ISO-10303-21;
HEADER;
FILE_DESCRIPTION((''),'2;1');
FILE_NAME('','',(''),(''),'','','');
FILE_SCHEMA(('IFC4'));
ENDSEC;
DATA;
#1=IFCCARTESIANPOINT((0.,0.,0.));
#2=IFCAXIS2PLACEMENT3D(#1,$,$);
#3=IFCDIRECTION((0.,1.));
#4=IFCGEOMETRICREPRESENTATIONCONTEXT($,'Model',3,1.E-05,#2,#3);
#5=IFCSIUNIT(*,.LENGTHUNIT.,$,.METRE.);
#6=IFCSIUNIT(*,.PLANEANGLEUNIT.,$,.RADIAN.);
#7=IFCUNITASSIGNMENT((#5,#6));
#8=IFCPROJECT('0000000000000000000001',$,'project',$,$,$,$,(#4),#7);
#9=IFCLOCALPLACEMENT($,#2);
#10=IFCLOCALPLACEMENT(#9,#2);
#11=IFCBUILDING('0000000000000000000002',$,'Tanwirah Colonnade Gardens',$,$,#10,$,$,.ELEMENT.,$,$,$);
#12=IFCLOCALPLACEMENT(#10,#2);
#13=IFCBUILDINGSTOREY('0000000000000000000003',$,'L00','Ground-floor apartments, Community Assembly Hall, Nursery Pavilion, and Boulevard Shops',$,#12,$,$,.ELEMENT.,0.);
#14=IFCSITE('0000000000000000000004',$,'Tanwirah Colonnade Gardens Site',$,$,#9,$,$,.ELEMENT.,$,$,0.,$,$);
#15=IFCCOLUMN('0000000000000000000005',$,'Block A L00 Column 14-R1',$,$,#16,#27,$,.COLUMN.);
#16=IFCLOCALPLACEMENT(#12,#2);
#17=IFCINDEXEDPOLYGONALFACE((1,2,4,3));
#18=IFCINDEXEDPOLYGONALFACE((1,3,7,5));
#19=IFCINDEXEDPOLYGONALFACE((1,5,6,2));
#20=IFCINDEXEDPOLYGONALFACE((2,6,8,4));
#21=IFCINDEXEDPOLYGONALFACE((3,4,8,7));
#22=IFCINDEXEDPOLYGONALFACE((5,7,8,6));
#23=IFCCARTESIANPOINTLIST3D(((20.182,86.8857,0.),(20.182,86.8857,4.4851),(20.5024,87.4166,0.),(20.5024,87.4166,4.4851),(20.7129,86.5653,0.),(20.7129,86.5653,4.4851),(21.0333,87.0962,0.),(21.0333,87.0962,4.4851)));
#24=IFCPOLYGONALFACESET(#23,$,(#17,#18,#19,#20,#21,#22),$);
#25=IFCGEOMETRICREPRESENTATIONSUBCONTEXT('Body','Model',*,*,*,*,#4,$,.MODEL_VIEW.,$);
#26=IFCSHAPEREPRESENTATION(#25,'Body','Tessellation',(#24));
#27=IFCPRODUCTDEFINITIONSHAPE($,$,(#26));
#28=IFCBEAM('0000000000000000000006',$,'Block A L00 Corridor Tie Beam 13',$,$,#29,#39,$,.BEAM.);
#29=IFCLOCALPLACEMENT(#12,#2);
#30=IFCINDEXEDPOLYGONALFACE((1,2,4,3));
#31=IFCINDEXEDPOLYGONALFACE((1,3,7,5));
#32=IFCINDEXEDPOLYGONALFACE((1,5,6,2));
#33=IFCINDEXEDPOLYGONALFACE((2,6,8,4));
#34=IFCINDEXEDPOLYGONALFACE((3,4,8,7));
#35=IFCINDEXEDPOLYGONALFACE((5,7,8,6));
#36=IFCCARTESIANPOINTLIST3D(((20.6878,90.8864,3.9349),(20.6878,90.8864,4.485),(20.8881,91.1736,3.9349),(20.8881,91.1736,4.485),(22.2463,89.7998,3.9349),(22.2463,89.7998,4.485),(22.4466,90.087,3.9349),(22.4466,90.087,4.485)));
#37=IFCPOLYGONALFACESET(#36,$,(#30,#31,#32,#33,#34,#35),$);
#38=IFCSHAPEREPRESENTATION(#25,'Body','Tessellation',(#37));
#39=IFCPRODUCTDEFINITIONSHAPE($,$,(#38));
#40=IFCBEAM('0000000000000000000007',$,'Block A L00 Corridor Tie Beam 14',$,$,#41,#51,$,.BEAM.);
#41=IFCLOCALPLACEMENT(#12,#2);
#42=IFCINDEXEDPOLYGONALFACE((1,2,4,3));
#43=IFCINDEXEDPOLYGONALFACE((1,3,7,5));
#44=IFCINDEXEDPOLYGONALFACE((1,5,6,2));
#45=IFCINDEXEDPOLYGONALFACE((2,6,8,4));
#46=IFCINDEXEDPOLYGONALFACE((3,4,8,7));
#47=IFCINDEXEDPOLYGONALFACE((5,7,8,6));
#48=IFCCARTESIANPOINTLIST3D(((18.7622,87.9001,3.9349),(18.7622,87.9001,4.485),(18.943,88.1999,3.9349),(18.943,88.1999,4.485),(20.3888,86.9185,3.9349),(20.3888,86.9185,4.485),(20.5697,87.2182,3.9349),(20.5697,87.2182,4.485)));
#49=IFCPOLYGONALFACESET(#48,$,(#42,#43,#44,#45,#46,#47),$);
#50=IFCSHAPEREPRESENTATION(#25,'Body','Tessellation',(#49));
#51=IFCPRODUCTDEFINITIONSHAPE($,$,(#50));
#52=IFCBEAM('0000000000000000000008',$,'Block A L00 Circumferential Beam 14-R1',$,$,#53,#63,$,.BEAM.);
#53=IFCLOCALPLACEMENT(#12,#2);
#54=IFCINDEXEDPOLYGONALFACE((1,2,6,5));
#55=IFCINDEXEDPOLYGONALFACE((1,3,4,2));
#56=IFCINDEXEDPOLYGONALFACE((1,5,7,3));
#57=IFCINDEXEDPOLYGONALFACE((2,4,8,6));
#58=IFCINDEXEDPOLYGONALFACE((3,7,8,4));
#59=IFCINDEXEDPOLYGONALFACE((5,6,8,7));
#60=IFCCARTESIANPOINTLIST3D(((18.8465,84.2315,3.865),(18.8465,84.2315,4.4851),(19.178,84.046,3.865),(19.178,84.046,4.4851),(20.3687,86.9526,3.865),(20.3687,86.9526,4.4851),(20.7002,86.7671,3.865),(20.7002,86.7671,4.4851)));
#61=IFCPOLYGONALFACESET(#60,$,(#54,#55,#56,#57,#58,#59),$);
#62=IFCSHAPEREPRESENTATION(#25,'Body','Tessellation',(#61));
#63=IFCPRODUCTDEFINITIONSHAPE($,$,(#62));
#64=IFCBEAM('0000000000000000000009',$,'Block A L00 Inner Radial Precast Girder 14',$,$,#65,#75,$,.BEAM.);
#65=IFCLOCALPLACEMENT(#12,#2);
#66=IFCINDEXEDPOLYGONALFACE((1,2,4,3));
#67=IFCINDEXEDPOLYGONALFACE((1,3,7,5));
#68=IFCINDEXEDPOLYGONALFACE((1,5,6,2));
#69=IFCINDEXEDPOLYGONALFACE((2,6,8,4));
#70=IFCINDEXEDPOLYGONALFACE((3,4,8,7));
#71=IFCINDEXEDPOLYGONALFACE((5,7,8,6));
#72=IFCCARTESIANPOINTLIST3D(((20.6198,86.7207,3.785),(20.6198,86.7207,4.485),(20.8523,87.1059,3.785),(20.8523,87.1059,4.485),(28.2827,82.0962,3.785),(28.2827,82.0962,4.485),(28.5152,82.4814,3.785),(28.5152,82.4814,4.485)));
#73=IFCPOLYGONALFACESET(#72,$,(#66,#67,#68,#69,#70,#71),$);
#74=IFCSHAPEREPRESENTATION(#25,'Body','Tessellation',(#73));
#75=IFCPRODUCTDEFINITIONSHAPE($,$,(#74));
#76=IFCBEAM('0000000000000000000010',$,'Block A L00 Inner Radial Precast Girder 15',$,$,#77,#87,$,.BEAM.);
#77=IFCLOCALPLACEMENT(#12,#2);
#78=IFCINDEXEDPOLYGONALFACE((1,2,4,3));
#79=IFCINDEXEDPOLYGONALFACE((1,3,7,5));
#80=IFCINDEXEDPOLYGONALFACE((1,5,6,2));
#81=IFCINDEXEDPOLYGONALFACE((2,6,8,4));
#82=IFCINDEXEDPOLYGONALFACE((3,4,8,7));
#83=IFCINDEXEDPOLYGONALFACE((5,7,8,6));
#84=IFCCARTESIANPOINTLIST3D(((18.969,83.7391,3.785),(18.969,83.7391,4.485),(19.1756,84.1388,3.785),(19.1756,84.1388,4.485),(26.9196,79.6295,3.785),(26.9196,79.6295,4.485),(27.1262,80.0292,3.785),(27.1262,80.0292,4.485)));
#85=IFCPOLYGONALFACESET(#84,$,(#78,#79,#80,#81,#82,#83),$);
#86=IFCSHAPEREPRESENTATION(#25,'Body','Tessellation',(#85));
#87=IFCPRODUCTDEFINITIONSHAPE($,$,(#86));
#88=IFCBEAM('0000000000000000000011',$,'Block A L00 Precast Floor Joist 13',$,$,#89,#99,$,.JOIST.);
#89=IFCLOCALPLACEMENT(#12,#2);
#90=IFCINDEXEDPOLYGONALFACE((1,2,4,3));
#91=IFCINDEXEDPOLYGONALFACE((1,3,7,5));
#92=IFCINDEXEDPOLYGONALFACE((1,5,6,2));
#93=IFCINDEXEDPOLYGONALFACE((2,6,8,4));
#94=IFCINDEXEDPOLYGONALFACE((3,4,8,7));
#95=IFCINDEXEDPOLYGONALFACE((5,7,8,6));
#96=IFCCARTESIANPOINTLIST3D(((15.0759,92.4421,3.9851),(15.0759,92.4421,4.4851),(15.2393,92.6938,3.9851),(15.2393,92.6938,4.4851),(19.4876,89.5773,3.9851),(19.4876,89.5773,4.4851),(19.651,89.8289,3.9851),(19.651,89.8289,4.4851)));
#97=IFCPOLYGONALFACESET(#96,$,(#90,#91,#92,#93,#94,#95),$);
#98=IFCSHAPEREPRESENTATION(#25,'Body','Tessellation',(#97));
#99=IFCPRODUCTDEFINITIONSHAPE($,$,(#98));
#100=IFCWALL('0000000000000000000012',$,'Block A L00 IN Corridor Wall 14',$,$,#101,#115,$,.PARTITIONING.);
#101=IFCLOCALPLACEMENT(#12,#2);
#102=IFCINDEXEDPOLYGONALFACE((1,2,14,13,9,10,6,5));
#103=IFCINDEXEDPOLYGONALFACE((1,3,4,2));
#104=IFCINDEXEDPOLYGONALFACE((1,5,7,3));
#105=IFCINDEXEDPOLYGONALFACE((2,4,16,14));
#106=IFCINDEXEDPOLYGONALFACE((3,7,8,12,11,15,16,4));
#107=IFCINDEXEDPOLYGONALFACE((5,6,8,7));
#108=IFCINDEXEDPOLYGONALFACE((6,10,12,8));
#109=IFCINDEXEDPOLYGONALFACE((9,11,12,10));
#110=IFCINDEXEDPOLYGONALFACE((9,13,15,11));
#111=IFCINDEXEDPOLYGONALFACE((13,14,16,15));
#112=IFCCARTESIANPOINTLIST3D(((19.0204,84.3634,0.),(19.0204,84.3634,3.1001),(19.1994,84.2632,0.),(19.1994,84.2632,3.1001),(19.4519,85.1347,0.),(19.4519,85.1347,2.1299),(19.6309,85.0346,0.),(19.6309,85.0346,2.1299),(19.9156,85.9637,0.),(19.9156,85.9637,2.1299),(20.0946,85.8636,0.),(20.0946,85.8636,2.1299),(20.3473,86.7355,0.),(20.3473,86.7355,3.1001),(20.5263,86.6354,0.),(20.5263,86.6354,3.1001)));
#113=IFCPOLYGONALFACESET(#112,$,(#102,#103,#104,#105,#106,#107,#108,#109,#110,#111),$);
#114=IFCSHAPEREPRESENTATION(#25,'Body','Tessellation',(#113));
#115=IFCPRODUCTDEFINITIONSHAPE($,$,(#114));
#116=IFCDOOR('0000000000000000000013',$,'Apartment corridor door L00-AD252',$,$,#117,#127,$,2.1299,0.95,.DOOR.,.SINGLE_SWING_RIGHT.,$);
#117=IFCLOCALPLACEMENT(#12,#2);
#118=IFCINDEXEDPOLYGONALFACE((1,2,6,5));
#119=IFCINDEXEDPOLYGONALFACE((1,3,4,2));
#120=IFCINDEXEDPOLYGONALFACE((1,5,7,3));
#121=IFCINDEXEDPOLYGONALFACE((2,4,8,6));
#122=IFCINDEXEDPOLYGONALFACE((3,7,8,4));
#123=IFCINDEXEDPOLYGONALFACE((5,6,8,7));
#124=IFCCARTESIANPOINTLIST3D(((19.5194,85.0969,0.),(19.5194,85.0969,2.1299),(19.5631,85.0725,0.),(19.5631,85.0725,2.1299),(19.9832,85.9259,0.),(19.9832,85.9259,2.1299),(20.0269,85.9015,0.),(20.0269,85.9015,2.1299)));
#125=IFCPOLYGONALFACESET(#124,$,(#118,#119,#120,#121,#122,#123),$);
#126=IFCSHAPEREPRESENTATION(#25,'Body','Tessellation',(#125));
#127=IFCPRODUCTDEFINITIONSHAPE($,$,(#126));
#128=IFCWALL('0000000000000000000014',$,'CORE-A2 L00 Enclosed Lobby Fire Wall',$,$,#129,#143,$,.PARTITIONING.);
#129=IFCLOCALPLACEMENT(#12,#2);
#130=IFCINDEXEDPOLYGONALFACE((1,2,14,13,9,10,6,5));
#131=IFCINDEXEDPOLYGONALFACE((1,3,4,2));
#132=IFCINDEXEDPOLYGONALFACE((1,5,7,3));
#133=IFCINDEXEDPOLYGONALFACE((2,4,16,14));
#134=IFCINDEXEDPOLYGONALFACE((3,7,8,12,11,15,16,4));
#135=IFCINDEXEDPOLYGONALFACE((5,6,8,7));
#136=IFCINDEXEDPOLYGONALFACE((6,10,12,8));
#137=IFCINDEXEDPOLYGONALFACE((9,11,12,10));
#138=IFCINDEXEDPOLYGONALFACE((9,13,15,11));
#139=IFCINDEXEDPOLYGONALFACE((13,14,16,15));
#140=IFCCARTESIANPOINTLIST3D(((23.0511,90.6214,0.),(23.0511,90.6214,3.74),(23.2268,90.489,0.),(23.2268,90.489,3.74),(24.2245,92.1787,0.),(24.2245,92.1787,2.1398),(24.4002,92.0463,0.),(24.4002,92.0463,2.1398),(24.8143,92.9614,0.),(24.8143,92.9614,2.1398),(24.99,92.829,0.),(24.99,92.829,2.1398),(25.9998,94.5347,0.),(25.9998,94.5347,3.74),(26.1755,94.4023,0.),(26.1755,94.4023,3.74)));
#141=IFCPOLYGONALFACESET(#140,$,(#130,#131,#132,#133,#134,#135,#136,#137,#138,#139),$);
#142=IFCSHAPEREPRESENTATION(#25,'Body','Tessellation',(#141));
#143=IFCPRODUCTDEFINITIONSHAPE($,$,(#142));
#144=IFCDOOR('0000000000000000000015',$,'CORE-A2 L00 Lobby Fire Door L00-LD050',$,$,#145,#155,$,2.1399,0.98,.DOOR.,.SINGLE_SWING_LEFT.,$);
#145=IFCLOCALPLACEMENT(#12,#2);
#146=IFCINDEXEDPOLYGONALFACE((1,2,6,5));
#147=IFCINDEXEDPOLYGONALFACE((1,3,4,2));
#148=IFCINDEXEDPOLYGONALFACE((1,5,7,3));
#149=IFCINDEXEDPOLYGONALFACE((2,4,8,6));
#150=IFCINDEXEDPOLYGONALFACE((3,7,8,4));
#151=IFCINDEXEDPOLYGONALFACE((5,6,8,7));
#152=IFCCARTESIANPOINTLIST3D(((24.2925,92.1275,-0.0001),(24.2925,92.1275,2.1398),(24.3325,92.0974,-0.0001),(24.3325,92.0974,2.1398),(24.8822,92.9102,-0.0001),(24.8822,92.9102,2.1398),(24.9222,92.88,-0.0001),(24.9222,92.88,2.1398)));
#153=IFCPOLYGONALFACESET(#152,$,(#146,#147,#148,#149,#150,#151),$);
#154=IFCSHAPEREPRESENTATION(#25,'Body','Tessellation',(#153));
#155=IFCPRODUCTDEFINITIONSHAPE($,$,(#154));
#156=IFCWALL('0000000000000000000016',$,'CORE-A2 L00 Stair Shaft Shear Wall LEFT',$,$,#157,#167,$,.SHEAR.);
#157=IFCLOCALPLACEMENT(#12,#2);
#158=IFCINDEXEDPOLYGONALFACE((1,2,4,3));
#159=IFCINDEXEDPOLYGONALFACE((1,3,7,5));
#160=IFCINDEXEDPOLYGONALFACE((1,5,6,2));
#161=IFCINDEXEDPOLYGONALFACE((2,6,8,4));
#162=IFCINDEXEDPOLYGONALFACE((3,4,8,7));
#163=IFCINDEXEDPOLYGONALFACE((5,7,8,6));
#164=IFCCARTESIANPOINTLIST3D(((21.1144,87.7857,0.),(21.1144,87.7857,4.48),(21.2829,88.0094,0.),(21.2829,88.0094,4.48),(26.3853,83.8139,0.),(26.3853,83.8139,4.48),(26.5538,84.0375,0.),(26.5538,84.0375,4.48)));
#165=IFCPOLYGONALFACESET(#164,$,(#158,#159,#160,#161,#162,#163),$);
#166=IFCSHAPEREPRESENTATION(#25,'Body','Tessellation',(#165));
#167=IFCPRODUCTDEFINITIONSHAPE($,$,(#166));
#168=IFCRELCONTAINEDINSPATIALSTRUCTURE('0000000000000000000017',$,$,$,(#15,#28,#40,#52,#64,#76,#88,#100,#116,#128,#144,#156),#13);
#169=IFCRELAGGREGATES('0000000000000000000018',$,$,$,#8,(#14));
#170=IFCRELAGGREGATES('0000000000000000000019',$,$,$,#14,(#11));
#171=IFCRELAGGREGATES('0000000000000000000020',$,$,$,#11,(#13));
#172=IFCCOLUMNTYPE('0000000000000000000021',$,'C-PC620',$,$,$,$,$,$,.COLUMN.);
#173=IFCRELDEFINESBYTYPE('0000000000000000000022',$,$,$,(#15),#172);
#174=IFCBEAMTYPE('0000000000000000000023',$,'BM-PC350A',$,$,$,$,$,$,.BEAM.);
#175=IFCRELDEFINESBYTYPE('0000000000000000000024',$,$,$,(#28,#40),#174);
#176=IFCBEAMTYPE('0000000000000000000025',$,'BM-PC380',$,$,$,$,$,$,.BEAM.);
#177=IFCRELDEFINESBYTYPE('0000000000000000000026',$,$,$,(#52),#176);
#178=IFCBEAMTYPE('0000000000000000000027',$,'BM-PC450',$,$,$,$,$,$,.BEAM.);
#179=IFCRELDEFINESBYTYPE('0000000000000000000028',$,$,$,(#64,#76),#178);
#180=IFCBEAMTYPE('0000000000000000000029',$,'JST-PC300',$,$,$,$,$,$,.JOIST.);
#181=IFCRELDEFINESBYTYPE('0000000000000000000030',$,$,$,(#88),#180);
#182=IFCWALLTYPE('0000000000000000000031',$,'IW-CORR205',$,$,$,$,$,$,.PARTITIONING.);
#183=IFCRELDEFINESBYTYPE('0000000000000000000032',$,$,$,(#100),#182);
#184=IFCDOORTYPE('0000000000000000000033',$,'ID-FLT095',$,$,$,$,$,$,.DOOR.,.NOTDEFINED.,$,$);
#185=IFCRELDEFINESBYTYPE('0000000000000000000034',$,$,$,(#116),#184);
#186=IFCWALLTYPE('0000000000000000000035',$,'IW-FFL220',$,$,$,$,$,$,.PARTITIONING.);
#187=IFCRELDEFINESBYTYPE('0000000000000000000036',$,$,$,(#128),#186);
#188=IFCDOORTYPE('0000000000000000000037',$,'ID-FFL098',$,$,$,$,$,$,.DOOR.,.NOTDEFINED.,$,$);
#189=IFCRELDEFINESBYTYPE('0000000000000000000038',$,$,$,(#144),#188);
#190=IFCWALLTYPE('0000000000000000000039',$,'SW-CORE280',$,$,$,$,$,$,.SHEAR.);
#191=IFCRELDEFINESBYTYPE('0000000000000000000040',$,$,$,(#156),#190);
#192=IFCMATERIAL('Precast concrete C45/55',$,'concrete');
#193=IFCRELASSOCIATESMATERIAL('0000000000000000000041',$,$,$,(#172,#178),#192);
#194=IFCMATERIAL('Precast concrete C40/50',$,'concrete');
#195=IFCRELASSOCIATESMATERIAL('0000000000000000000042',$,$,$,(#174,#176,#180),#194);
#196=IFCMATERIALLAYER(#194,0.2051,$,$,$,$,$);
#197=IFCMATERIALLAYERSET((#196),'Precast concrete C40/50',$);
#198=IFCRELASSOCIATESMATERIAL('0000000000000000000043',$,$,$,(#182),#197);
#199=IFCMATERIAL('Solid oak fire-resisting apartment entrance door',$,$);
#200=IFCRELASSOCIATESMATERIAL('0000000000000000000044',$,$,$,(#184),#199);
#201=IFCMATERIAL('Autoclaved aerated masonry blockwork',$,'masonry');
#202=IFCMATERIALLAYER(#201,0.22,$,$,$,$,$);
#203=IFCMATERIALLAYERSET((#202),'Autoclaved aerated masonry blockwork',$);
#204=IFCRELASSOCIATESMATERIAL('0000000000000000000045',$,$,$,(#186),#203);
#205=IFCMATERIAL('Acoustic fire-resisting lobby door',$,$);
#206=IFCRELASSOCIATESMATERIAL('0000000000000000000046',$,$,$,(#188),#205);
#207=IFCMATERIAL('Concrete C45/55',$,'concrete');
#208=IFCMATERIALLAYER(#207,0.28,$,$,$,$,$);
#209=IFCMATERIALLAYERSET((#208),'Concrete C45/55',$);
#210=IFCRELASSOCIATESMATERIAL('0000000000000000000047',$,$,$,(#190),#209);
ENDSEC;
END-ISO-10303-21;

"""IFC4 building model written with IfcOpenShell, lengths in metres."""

from ifc_helpers import new_model, si_unit, direction, frame, frame_2d, origin, origin_2d, place, context, subcontext, project, spatial, rectangle, extrude, material, layer, layer_set, material_profile, profile_set, type_object, element, fill, save


model = new_model("IFC4")

# Units and contexts
model_context = context("Model", 3, precision=1e-05, world=origin(), true_north=direction((0.0, 1.0)))
body_context = subcontext(model_context, "Body", "Model", "MODEL_VIEW")
ifc_project = project(units=[si_unit("LENGTHUNIT", "METRE"), si_unit("PLANEANGLEUNIT", "RADIAN")], contexts=[model_context])

# Site, building, storey
site_placement = place(None, origin())
site = spatial("IfcSite", under=ifc_project, at=site_placement, Name="Tanwirah Colonnade Gardens Site", CompositionType="ELEMENT", RefElevation=0.0)
building_placement = place(site_placement, origin())
building = spatial("IfcBuilding", under=site, at=building_placement, Name="Tanwirah Colonnade Gardens", CompositionType="ELEMENT")
storey_placement = place(building_placement, origin())
storey = spatial("IfcBuildingStorey", under=building, at=storey_placement, Name="L00", Description="Ground-floor apartments, Community Assembly Hall, Nursery Pavilion, and Boulevard Shops", CompositionType="ELEMENT", Elevation=0.0)

# Column
ifc_material_1 = material(Name="Precast concrete C45/55", Category="concrete")
ifc_material_profile_1 = material_profile(ifc_material_1, rectangle(XDim=0.6201, YDim=0.6201, at=origin_2d()), Name="PC-COL 620x620")
ifc_profile_set_1 = profile_set([ifc_material_profile_1], Name="Precast concrete C45/55")
column_type = type_object("IfcColumnType", Name="C-PC620", PredefinedType="COLUMN", material=ifc_profile_set_1)
column_placement = place(storey_placement, frame((20.6077, 86.991, 0.0), z_axis=(0.0, 0.0, 1.0), x_axis=(-0.856167, 0.516699, 0.0)))
element("IfcColumn", 1, at=column_placement, inside=storey, type_object=column_type, Name="Block A L00 Column 14-R1", PredefinedType="COLUMN", context=body_context, shape_type="SweptSolid", body=[
    extrude(rectangle(XDim=0.6201, YDim=0.6201, at=origin_2d()), origin(), (0.0, 0.0, 1.0), 4.4851),
])

# Beams
ifc_material_2 = material(Name="Precast concrete C40/50", Category="concrete")
ifc_material_profile_2 = material_profile(ifc_material_2, rectangle(XDim=0.3501, YDim=0.55, at=origin_2d()), Name="PC-BM 350x550")
ifc_profile_set_2 = profile_set([ifc_material_profile_2], Name="Precast concrete C40/50")
beam_type_1 = type_object("IfcBeamType", Name="BM-PC350A", PredefinedType="BEAM", material=ifc_profile_set_2)
for number, where, z_axis, x_axis, name in (
    (2, (22.3464, 89.9434, 4.21), (-0.820305, 0.571926, 0.0), (-0.571926, -0.820305, 0.0), "Block A L00 Corridor Tie Beam 13"),
    (3, (20.4792, 87.0684, 4.21), (-0.856175, 0.516686, 0.0), (-0.516686, -0.856175, 0.0), "Block A L00 Corridor Tie Beam 14"),
):
    element("IfcBeam", number, at=place(storey_placement, frame(where, z_axis=z_axis, x_axis=x_axis)), inside=storey, type_object=beam_type_1, Name=name, PredefinedType="BEAM", context=body_context, shape_type="SweptSolid", body=[
        extrude(rectangle(XDim=0.3501, YDim=0.55, at=origin_2d()), origin(), (0.0, 0.0, 1.0), 1.8999),
    ])
ifc_material_profile_3 = material_profile(ifc_material_2, rectangle(XDim=0.3799, YDim=0.6201, at=origin_2d()), Name="PC-BM 380x620")
ifc_profile_set_3 = profile_set([ifc_material_profile_3], Name="Precast concrete C40/50")
beam_type_2 = type_object("IfcBeamType", Name="BM-PC380", PredefinedType="BEAM", material=ifc_profile_set_3)
beam_1_placement = place(storey_placement, frame((20.5344, 86.8599, 4.175), z_axis=(-0.4882, -0.872732, 0.0), x_axis=(0.872732, -0.4882, 0.0)))
element("IfcBeam", 4, at=beam_1_placement, inside=storey, type_object=beam_type_2, Name="Block A L00 Circumferential Beam 14-R1", PredefinedType="BEAM", context=body_context, shape_type="SweptSolid", body=[
    extrude(rectangle(XDim=0.3799, YDim=0.6201, at=origin_2d()), origin(), (0.0, 0.0, 1.0), 3.1179),
])
ifc_material_profile_4 = material_profile(ifc_material_1, rectangle(XDim=0.45, YDim=0.7, at=origin_2d()), Name="PC-BM 450x700")
ifc_profile_set_4 = profile_set([ifc_material_profile_4], Name="Precast concrete C45/55")
beam_type_3 = type_object("IfcBeamType", Name="BM-PC450", PredefinedType="BEAM", material=ifc_profile_set_4)
beam_2_placement = place(storey_placement, frame((20.7361, 86.9133, 4.135), z_axis=(0.856169, -0.516696, 0.0), x_axis=(0.516696, 0.856169, 0.0)))
element("IfcBeam", 5, at=beam_2_placement, inside=storey, type_object=beam_type_3, Name="Block A L00 Inner Radial Precast Girder 14", PredefinedType="BEAM", context=body_context, shape_type="SweptSolid", body=[
    extrude(rectangle(XDim=0.45, YDim=0.7, at=origin_2d()), origin(), (0.0, 0.0, 1.0), 8.9502),
])
beam_3_placement = place(storey_placement, frame((19.0723, 83.939, 4.135), z_axis=(0.888345, -0.459176, 0.0), x_axis=(0.459176, 0.888345, 0.0)))
element("IfcBeam", 6, at=beam_3_placement, inside=storey, type_object=beam_type_3, Name="Block A L00 Inner Radial Precast Girder 15", PredefinedType="BEAM", context=body_context, shape_type="SweptSolid", body=[
    extrude(rectangle(XDim=0.45, YDim=0.7, at=origin_2d()), origin(), (0.0, 0.0, 1.0), 8.95),
])
ifc_material_profile_5 = material_profile(ifc_material_2, rectangle(XDim=0.3, YDim=0.5, at=origin_2d()), Name="PC-JST 300x500")
ifc_profile_set_5 = profile_set([ifc_material_profile_5], Name="Precast concrete C40/50")
beam_type_4 = type_object("IfcBeamType", Name="JST-PC300", PredefinedType="JOIST", material=ifc_profile_set_5)
beam_4_placement = place(storey_placement, frame((19.5693, 89.7031, 4.2351), z_axis=(-0.838687, 0.544613, 0.0), x_axis=(-0.544613, -0.838687, 0.0)))
element("IfcBeam", 7, at=beam_4_placement, inside=storey, type_object=beam_type_4, Name="Block A L00 Precast Floor Joist 13", PredefinedType="JOIST", context=body_context, shape_type="SweptSolid", body=[
    extrude(rectangle(XDim=0.3, YDim=0.5, at=origin_2d()), origin(), (0.0, 0.0, 1.0), 5.2603),
])

# Walls, openings, doors
ifc_layer_1 = layer(ifc_material_2, 0.2051)
ifc_layer_set_1 = layer_set([ifc_layer_1], Name="Precast concrete C40/50")
wall_type_1 = type_object("IfcWallType", Name="IW-CORR205", PredefinedType="PARTITIONING", material=ifc_layer_set_1)
wall_1_placement = place(storey_placement, frame((20.4368, 86.6853, 0.0), z_axis=(0.0, 0.0, 1.0), x_axis=(-0.488196, -0.872734, 0.0)))
wall_1 = element("IfcWall", 8, at=wall_1_placement, inside=storey, type_object=wall_type_1, Name="Block A L00 IN Corridor Wall 14", PredefinedType="PARTITIONING", context=body_context, shape_type="SweptSolid", body=[
    extrude(rectangle(XDim=2.718, YDim=0.2051, at=frame_2d((1.3589, 0.0))), origin(), (0.0, 0.0, 1.0), 3.1001),
])
opening_1_placement = place(wall_1_placement, frame((0.884, 0.0, 0.0)))
opening_1 = element("IfcOpeningElement", 9, at=opening_1_placement, cuts=wall_1, PredefinedType="OPENING", context=body_context, shape_type="SweptSolid", body=[
    extrude(rectangle(XDim=0.95, YDim=2.1299, at=frame_2d((0.4751, 1.0649))), frame((0.0, 0.1125, 0.0), z_axis=(0.0, -1.0, 0.0), x_axis=(1.0, 0.0, 0.0)), (0.0, 0.0, 1.0), 0.2251),
])
ifc_material_3 = material(Name="Solid oak fire-resisting apartment entrance door")
door_type_1 = type_object("IfcDoorType", Name="ID-FLT095", OperationType="NOTDEFINED", PredefinedType="DOOR", material=ifc_material_3)
door_1_placement = place(opening_1_placement, origin())
door_1 = element("IfcDoor", 10, at=door_1_placement, inside=storey, type_object=door_type_1, Name="Apartment corridor door L00-AD252", OperationType="SINGLE_SWING_RIGHT", OverallHeight=2.1299, OverallWidth=0.95, PredefinedType="DOOR", context=body_context, shape_type="SweptSolid", body=[
    extrude(rectangle(XDim=0.95, YDim=2.1299, at=frame_2d((0.4751, 1.0649))), frame((0.0, 0.0249, 0.0), z_axis=(0.0, -1.0, 0.0), x_axis=(1.0, 0.0, 0.0)), (0.0, 0.0, 1.0), 0.05),
])
fill(opening_1, door_1)
ifc_material_4 = material(Name="Autoclaved aerated masonry blockwork", Category="masonry")
ifc_layer_2 = layer(ifc_material_4, 0.22)
ifc_layer_set_2 = layer_set([ifc_layer_2], Name="Autoclaved aerated masonry blockwork")
wall_type_2 = type_object("IfcWallType", Name="IW-FFL220", PredefinedType="PARTITIONING", material=ifc_layer_set_2)
wall_2_placement = place(storey_placement, frame((23.1389, 90.5552, 0.0), z_axis=(0.0, 0.0, 1.0), x_axis=(0.601792, 0.798653, 0.0)))
wall_2 = element("IfcWall", 11, at=wall_2_placement, inside=storey, type_object=wall_type_2, Name="CORE-A2 L00 Enclosed Lobby Fire Wall", PredefinedType="PARTITIONING", context=body_context, shape_type="SweptSolid", body=[
    extrude(rectangle(XDim=4.8999, YDim=0.22, at=frame_2d((2.45, 0.0))), origin(), (0.0, 0.0, 1.0), 3.74),
])
opening_2_placement = place(wall_2_placement, frame((1.95, 0.0, 0.0)))
opening_2 = element("IfcOpeningElement", 12, at=opening_2_placement, cuts=wall_2, PredefinedType="OPENING", context=body_context, shape_type="SweptSolid", body=[
    extrude(rectangle(XDim=0.98, YDim=2.1399, at=frame_2d((0.49, 1.0698))), frame((0.0, 0.1199, 0.0), z_axis=(0.0, -1.0, 0.0), x_axis=(1.0, 0.0, 0.0)), (0.0, 0.0, 1.0), 0.24),
])
ifc_material_5 = material(Name="Acoustic fire-resisting lobby door")
door_type_2 = type_object("IfcDoorType", Name="ID-FFL098", OperationType="NOTDEFINED", PredefinedType="DOOR", material=ifc_material_5)
door_2_placement = place(opening_2_placement, origin())
door_2 = element("IfcDoor", 13, at=door_2_placement, inside=storey, type_object=door_type_2, Name="CORE-A2 L00 Lobby Fire Door L00-LD050", OperationType="SINGLE_SWING_LEFT", OverallHeight=2.1399, OverallWidth=0.98, PredefinedType="DOOR", context=body_context, shape_type="SweptSolid", body=[
    extrude(rectangle(XDim=0.98, YDim=2.1399, at=frame_2d((0.49, 1.0698))), frame((0.0, 0.0249, 0.0), z_axis=(0.0, -1.0, 0.0), x_axis=(1.0, 0.0, 0.0)), (0.0, 0.0, 1.0), 0.05),
])
fill(opening_2, door_2)

# Wall
ifc_material_6 = material(Name="Concrete C45/55", Category="concrete")
ifc_layer_3 = layer(ifc_material_6, 0.28)
ifc_layer_set_3 = layer_set([ifc_layer_3], Name="Concrete C45/55")
wall_type_3 = type_object("IfcWallType", Name="SW-CORE280", PredefinedType="SHEAR", material=ifc_layer_set_3)
wall_3_placement = place(storey_placement, frame((21.1987, 87.8975, 0.0), z_axis=(0.0, 0.0, 1.0), x_axis=(0.79864, -0.60181, 0.0)))
element("IfcWall", 14, at=wall_3_placement, inside=storey, type_object=wall_type_3, Name="CORE-A2 L00 Stair Shaft Shear Wall LEFT", PredefinedType="SHEAR", context=body_context, shape_type="SweptSolid", body=[
    extrude(rectangle(XDim=6.5999, YDim=0.28, at=frame_2d((3.2998, 0.0))), origin(), (0.0, 0.0, 1.0), 4.48),
])

save(model, "model.ifc")
